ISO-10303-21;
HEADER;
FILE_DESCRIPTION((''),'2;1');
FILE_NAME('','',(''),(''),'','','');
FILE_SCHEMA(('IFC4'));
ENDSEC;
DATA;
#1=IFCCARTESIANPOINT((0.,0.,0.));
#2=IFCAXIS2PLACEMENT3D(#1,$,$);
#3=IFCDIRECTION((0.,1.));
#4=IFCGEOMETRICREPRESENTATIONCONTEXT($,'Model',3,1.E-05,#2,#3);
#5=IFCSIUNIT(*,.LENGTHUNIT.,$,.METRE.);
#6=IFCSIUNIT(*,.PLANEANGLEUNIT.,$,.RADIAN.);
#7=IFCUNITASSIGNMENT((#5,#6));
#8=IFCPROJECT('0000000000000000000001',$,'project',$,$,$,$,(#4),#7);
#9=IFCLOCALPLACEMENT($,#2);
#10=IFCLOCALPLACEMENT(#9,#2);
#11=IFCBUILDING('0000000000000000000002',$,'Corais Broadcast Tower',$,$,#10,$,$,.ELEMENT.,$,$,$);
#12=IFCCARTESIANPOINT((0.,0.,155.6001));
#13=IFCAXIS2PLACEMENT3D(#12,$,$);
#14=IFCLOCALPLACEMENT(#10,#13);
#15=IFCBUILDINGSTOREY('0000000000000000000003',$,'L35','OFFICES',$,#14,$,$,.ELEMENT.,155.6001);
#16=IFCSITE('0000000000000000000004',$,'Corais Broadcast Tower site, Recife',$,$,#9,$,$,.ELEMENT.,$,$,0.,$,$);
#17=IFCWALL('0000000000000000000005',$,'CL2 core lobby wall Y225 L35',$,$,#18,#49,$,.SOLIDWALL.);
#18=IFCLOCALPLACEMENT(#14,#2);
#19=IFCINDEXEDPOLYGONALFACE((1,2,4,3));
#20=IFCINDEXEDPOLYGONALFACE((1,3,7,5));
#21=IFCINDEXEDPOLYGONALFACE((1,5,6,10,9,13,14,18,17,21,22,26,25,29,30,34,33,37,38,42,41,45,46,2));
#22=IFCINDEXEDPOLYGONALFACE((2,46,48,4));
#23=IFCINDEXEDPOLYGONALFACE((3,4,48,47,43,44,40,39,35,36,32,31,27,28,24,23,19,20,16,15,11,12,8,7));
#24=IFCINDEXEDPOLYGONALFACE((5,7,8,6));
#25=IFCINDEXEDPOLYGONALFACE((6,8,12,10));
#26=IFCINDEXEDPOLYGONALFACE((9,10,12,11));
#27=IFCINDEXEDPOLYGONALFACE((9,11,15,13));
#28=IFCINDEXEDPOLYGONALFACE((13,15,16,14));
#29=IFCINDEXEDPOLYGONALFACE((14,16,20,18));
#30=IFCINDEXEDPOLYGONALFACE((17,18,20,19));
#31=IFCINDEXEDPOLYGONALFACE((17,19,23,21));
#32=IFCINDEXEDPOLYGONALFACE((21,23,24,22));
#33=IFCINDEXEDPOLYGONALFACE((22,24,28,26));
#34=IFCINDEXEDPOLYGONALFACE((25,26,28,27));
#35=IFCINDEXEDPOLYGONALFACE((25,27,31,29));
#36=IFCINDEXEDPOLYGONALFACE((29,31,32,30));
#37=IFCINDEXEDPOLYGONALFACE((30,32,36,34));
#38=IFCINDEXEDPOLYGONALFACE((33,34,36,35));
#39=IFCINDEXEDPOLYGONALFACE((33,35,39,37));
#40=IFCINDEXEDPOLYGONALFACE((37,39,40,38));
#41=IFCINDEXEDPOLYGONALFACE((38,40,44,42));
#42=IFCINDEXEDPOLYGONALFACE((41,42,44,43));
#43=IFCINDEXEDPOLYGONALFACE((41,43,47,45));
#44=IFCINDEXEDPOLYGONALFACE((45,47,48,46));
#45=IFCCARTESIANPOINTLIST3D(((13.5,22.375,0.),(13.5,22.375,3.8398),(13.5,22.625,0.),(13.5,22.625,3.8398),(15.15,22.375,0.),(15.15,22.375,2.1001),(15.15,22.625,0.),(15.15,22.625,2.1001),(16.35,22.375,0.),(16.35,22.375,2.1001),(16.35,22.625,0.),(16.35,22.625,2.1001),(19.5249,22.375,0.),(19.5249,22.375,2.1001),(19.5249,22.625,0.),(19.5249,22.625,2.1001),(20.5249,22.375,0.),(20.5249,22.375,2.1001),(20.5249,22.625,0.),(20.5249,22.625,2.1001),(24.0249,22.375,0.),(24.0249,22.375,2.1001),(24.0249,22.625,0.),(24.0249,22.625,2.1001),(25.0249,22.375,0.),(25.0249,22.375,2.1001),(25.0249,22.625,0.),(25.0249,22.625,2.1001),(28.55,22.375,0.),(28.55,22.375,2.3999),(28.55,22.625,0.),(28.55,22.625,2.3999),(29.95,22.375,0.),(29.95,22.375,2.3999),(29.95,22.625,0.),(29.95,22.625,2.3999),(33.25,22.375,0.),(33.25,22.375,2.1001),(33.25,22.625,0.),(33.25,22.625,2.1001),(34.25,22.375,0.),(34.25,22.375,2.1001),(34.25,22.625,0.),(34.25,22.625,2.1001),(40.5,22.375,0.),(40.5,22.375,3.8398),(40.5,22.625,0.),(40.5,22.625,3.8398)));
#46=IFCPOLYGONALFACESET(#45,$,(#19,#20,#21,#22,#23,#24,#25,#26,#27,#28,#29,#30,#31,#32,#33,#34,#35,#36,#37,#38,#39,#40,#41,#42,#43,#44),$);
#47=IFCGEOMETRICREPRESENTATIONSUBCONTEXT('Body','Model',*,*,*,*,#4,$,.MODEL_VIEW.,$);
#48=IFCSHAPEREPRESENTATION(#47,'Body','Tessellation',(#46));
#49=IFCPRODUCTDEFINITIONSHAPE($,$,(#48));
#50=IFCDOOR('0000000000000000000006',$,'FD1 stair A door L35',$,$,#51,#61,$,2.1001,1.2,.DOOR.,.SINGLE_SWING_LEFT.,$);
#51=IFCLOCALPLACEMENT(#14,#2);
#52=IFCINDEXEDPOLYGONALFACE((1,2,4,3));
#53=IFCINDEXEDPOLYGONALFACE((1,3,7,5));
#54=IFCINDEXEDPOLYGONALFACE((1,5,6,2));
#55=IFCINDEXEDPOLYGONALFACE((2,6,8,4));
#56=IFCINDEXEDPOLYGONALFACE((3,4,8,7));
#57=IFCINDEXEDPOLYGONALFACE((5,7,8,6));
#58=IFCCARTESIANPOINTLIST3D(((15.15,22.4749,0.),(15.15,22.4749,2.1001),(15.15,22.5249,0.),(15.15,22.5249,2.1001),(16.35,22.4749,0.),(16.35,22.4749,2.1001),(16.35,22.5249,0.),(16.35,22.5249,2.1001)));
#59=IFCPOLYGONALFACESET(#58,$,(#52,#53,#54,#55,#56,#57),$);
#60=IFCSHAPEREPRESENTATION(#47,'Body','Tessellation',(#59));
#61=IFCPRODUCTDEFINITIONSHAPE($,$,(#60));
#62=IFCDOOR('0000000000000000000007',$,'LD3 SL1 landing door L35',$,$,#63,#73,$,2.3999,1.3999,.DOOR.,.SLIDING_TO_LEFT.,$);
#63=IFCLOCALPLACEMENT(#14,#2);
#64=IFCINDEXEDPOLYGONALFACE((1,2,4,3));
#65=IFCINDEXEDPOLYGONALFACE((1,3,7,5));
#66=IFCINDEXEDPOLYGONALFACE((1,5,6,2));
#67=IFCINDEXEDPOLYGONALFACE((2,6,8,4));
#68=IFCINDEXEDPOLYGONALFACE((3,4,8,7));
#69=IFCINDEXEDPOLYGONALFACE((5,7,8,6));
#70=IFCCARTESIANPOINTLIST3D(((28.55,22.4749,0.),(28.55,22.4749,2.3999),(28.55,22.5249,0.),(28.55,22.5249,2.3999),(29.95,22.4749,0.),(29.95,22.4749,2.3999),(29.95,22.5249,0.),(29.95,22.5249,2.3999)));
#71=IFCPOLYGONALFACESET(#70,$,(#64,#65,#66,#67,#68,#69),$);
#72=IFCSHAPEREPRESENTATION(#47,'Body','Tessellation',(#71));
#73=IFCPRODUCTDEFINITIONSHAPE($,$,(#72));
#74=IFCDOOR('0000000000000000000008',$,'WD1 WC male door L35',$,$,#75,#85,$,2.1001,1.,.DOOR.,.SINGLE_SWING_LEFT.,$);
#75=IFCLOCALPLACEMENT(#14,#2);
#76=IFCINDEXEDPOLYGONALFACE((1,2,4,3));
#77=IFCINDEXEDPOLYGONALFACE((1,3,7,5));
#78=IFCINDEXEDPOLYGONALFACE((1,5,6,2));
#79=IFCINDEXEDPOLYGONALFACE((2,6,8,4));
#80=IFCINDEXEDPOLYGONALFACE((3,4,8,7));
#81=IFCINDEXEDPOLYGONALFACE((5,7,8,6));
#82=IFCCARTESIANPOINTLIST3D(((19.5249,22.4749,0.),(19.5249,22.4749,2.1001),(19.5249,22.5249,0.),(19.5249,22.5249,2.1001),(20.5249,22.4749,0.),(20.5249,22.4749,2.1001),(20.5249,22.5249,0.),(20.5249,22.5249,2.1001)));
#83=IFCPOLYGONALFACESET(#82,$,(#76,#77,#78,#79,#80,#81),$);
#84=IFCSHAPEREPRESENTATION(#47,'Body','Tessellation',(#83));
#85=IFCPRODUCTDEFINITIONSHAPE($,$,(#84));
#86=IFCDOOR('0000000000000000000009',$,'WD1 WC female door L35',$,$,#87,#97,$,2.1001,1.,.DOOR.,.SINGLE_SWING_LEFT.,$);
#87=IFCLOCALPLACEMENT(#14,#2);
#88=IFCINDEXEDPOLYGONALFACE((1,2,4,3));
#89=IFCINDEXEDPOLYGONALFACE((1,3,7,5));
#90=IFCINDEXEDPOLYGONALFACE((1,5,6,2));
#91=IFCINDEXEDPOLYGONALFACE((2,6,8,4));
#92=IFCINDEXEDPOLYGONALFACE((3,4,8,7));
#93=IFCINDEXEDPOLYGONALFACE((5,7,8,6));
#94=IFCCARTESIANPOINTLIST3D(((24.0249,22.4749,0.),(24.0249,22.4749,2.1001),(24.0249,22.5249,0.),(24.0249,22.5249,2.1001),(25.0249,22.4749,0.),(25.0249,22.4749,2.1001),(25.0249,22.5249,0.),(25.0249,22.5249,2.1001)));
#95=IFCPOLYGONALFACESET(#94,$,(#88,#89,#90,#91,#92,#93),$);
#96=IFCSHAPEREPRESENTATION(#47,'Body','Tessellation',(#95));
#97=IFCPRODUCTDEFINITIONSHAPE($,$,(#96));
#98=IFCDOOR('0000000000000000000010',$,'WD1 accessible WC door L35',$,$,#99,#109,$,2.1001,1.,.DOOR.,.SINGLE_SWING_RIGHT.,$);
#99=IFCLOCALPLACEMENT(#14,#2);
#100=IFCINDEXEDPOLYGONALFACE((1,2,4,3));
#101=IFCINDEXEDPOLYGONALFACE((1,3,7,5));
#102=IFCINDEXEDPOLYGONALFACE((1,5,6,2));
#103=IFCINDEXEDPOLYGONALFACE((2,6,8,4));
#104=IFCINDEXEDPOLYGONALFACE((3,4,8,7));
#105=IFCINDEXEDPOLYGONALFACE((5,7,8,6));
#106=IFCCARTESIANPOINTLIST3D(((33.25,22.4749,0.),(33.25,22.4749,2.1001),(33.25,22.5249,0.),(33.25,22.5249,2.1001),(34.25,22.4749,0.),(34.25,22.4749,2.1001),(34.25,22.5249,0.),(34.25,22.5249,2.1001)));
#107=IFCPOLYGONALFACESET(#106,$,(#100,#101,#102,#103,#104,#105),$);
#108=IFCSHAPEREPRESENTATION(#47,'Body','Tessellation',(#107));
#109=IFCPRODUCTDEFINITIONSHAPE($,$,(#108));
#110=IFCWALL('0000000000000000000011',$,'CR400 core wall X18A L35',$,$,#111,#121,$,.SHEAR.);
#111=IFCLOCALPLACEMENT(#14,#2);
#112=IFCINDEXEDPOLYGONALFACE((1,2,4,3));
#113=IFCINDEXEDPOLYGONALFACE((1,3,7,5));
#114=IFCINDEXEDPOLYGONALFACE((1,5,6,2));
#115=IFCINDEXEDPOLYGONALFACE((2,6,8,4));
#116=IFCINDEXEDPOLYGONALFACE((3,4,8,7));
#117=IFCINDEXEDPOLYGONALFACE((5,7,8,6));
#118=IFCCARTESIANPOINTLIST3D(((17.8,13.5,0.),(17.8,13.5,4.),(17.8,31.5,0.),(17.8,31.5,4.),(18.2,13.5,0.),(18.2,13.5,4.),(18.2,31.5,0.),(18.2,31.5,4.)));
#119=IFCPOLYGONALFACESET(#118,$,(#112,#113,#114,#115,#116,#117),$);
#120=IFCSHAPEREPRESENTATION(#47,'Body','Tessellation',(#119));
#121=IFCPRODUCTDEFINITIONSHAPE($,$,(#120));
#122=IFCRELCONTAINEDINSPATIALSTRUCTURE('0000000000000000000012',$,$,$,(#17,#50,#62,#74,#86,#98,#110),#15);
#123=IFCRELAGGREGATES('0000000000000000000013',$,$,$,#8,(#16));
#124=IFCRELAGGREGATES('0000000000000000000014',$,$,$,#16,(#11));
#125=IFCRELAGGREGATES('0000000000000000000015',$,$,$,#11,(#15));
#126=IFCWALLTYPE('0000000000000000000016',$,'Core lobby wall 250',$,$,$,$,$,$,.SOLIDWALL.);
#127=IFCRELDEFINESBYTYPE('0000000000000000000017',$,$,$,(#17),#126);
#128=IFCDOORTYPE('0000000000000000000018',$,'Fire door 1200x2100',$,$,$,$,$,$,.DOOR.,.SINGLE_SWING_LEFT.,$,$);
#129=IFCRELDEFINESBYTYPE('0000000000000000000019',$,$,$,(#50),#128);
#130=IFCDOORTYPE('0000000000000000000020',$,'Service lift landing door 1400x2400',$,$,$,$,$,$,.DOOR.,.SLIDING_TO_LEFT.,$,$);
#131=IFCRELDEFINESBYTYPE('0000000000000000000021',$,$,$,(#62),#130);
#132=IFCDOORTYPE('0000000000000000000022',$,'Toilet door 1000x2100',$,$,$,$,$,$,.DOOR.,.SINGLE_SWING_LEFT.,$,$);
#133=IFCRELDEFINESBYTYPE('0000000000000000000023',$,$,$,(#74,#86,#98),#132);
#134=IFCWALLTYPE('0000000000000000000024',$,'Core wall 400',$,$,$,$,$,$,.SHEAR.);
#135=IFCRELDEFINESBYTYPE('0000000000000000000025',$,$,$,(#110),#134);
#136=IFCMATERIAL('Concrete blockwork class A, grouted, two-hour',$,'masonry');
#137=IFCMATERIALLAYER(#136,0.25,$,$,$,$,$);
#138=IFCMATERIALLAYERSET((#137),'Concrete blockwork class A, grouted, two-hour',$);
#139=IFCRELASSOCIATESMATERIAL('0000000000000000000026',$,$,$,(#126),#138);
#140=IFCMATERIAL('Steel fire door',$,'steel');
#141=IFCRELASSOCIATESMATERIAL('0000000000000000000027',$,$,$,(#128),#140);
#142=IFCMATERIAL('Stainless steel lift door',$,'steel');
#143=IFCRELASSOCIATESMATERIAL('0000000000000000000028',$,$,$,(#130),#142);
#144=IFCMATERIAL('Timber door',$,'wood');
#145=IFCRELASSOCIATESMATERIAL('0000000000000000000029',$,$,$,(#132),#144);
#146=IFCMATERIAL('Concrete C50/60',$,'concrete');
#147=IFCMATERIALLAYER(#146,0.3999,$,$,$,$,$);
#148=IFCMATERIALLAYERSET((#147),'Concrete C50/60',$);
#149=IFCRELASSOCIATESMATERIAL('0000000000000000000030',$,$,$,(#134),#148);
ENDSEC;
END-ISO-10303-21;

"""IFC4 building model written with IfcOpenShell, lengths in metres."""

from ifc_helpers import new_model, si_unit, direction, frame, frame_2d, origin, place, context, subcontext, project, spatial, rectangle, extrude, material, layer, layer_set, type_object, element, fill, save


model = new_model("IFC4")

# Units and contexts
model_context = context("Model", 3, precision=1e-05, world=origin(), true_north=direction((0.0, 1.0)))
body_context = subcontext(model_context, "Body", "Model", "MODEL_VIEW")
ifc_project = project(units=[si_unit("LENGTHUNIT", "METRE"), si_unit("PLANEANGLEUNIT", "RADIAN")], contexts=[model_context])

# Site, building, storey
site_placement = place(None, origin())
site = spatial("IfcSite", under=ifc_project, at=site_placement, Name="Corais Broadcast Tower site, Recife", CompositionType="ELEMENT", RefElevation=0.0)
building_placement = place(site_placement, origin())
building = spatial("IfcBuilding", under=site, at=building_placement, Name="Corais Broadcast Tower", CompositionType="ELEMENT")
storey_placement = place(building_placement, frame((0.0, 0.0, 155.6001)))
storey = spatial("IfcBuildingStorey", under=building, at=storey_placement, Name="L35", Description="OFFICES", CompositionType="ELEMENT", Elevation=155.6001)

# Wall, openings, doors
ifc_material_1 = material(Name="Concrete blockwork class A, grouted, two-hour", Category="masonry")
ifc_layer_1 = layer(ifc_material_1, 0.25)
ifc_layer_set_1 = layer_set([ifc_layer_1], Name="Concrete blockwork class A, grouted, two-hour")
wall_type_1 = type_object("IfcWallType", Name="Core lobby wall 250", PredefinedType="SOLIDWALL", material=ifc_layer_set_1)
wall_1_placement = place(storey_placement, frame((13.5, 22.5, 0.0), z_axis=(0.0, 0.0, 1.0), x_axis=(1.0, 0.0, 0.0)))
wall_1 = element("IfcWall", 1, at=wall_1_placement, inside=storey, type_object=wall_type_1, Name="CL2 core lobby wall Y225 L35", PredefinedType="SOLIDWALL", context=body_context, shape_type="SweptSolid", body=[
    extrude(rectangle(XDim=27.0, YDim=0.25, at=frame_2d((13.5, 0.0))), origin(), (0.0, 0.0, 1.0), 3.8398),
])
opening_1_placement = place(wall_1_placement, frame((1.6499, 0.0, 0.0)))
opening_1 = element("IfcOpeningElement", 2, at=opening_1_placement, cuts=wall_1, PredefinedType="OPENING", context=body_context, shape_type="SweptSolid", body=[
    extrude(rectangle(XDim=1.2, YDim=2.1001, at=frame_2d((0.6001, 1.05))), frame((0.0, 0.135, 0.0), z_axis=(0.0, -1.0, 0.0), x_axis=(1.0, 0.0, 0.0)), (0.0, 0.0, 1.0), 0.27),
])
opening_2_placement = place(wall_1_placement, frame((6.0249, 0.0, 0.0)))
opening_2 = element("IfcOpeningElement", 3, at=opening_2_placement, cuts=wall_1, PredefinedType="OPENING", context=body_context, shape_type="SweptSolid", body=[
    extrude(rectangle(XDim=1.0, YDim=2.1001, at=frame_2d((0.5, 1.05))), frame((0.0, 0.135, 0.0), z_axis=(0.0, -1.0, 0.0), x_axis=(1.0, 0.0, 0.0)), (0.0, 0.0, 1.0), 0.27),
])
opening_3_placement = place(wall_1_placement, frame((10.5249, 0.0, 0.0)))
opening_3 = element("IfcOpeningElement", 4, at=opening_3_placement, cuts=wall_1, PredefinedType="OPENING", context=body_context, shape_type="SweptSolid", body=[
    extrude(rectangle(XDim=1.0, YDim=2.1001, at=frame_2d((0.5, 1.05))), frame((0.0, 0.135, 0.0), z_axis=(0.0, -1.0, 0.0), x_axis=(1.0, 0.0, 0.0)), (0.0, 0.0, 1.0), 0.27),
])
opening_4_placement = place(wall_1_placement, frame((19.75, 0.0, 0.0)))
opening_4 = element("IfcOpeningElement", 5, at=opening_4_placement, cuts=wall_1, PredefinedType="OPENING", context=body_context, shape_type="SweptSolid", body=[
    extrude(rectangle(XDim=1.0, YDim=2.1001, at=frame_2d((0.5, 1.05))), frame((0.0, 0.135, 0.0), z_axis=(0.0, -1.0, 0.0), x_axis=(1.0, 0.0, 0.0)), (0.0, 0.0, 1.0), 0.27),
])
opening_5_placement = place(wall_1_placement, frame((15.05, 0.0, 0.0)))
opening_5 = element("IfcOpeningElement", 6, at=opening_5_placement, cuts=wall_1, PredefinedType="OPENING", context=body_context, shape_type="SweptSolid", body=[
    extrude(rectangle(XDim=1.3999, YDim=2.3999, at=frame_2d((0.7, 1.2))), frame((0.0, 0.135, 0.0), z_axis=(0.0, -1.0, 0.0), x_axis=(1.0, 0.0, 0.0)), (0.0, 0.0, 1.0), 0.27),
])
ifc_material_2 = material(Name="Steel fire door", Category="steel")
door_type_1 = type_object("IfcDoorType", Name="Fire door 1200x2100", OperationType="SINGLE_SWING_LEFT", PredefinedType="DOOR", material=ifc_material_2)
door_1_placement = place(opening_1_placement, origin())
door_1 = element("IfcDoor", 7, at=door_1_placement, inside=storey, type_object=door_type_1, Name="FD1 stair A door L35", OperationType="SINGLE_SWING_LEFT", OverallHeight=2.1001, OverallWidth=1.2, PredefinedType="DOOR", context=body_context, shape_type="SweptSolid", body=[
    extrude(rectangle(XDim=1.2, YDim=2.1001, at=frame_2d((0.6001, 1.05))), frame((0.0, 0.0249, 0.0), z_axis=(0.0, -1.0, 0.0), x_axis=(1.0, 0.0, 0.0)), (0.0, 0.0, 1.0), 0.05),
])
fill(opening_1, door_1)
ifc_material_3 = material(Name="Stainless steel lift door", Category="steel")
door_type_2 = type_object("IfcDoorType", Name="Service lift landing door 1400x2400", OperationType="SLIDING_TO_LEFT", PredefinedType="DOOR", material=ifc_material_3)
door_2_placement = place(opening_5_placement, origin())
door_2 = element("IfcDoor", 8, at=door_2_placement, inside=storey, type_object=door_type_2, Name="LD3 SL1 landing door L35", OperationType="SLIDING_TO_LEFT", OverallHeight=2.3999, OverallWidth=1.3999, PredefinedType="DOOR", context=body_context, shape_type="SweptSolid", body=[
    extrude(rectangle(XDim=1.3999, YDim=2.3999, at=frame_2d((0.7, 1.2))), frame((0.0, 0.0249, 0.0), z_axis=(0.0, -1.0, 0.0), x_axis=(1.0, 0.0, 0.0)), (0.0, 0.0, 1.0), 0.05),
])
fill(opening_5, door_2)
ifc_material_4 = material(Name="Timber door", Category="wood")
door_type_3 = type_object("IfcDoorType", Name="Toilet door 1000x2100", OperationType="SINGLE_SWING_LEFT", PredefinedType="DOOR", material=ifc_material_4)
door_3_placement = place(opening_2_placement, origin())
door_3 = element("IfcDoor", 9, at=door_3_placement, inside=storey, type_object=door_type_3, Name="WD1 WC male door L35", OperationType="SINGLE_SWING_LEFT", OverallHeight=2.1001, OverallWidth=1.0, PredefinedType="DOOR", context=body_context, shape_type="SweptSolid", body=[
    extrude(rectangle(XDim=1.0, YDim=2.1001, at=frame_2d((0.5, 1.05))), frame((0.0, 0.0249, 0.0), z_axis=(0.0, -1.0, 0.0), x_axis=(1.0, 0.0, 0.0)), (0.0, 0.0, 1.0), 0.05),
])
fill(opening_2, door_3)
door_4_placement = place(opening_3_placement, origin())
door_4 = element("IfcDoor", 10, at=door_4_placement, inside=storey, type_object=door_type_3, Name="WD1 WC female door L35", OperationType="SINGLE_SWING_LEFT", OverallHeight=2.1001, OverallWidth=1.0, PredefinedType="DOOR", context=body_context, shape_type="SweptSolid", body=[
    extrude(rectangle(XDim=1.0, YDim=2.1001, at=frame_2d((0.5, 1.05))), frame((0.0, 0.0249, 0.0), z_axis=(0.0, -1.0, 0.0), x_axis=(1.0, 0.0, 0.0)), (0.0, 0.0, 1.0), 0.05),
])
fill(opening_3, door_4)
door_5_placement = place(opening_4_placement, origin())
door_5 = element("IfcDoor", 11, at=door_5_placement, inside=storey, type_object=door_type_3, Name="WD1 accessible WC door L35", OperationType="SINGLE_SWING_RIGHT", OverallHeight=2.1001, OverallWidth=1.0, PredefinedType="DOOR", context=body_context, shape_type="SweptSolid", body=[
    extrude(rectangle(XDim=1.0, YDim=2.1001, at=frame_2d((0.5, 1.05))), frame((0.0, 0.0249, 0.0), z_axis=(0.0, -1.0, 0.0), x_axis=(1.0, 0.0, 0.0)), (0.0, 0.0, 1.0), 0.05),
])
fill(opening_4, door_5)

# Wall
ifc_material_5 = material(Name="Concrete C50/60", Category="concrete")
ifc_layer_2 = layer(ifc_material_5, 0.3999)
ifc_layer_set_2 = layer_set([ifc_layer_2], Name="Concrete C50/60")
wall_type_2 = type_object("IfcWallType", Name="Core wall 400", PredefinedType="SHEAR", material=ifc_layer_set_2)
wall_2_placement = place(storey_placement, frame((18.0, 13.5, 0.0), z_axis=(0.0, 0.0, 1.0), x_axis=(0.0, 1.0, 0.0)))
element("IfcWall", 12, at=wall_2_placement, inside=storey, type_object=wall_type_2, Name="CR400 core wall X18A L35", PredefinedType="SHEAR", context=body_context, shape_type="SweptSolid", body=[
    extrude(rectangle(XDim=18.0, YDim=0.3999, at=frame_2d((9.0, 0.0))), origin(), (0.0, 0.0, 1.0), 4.0),
])

save(model, "model.ifc")
